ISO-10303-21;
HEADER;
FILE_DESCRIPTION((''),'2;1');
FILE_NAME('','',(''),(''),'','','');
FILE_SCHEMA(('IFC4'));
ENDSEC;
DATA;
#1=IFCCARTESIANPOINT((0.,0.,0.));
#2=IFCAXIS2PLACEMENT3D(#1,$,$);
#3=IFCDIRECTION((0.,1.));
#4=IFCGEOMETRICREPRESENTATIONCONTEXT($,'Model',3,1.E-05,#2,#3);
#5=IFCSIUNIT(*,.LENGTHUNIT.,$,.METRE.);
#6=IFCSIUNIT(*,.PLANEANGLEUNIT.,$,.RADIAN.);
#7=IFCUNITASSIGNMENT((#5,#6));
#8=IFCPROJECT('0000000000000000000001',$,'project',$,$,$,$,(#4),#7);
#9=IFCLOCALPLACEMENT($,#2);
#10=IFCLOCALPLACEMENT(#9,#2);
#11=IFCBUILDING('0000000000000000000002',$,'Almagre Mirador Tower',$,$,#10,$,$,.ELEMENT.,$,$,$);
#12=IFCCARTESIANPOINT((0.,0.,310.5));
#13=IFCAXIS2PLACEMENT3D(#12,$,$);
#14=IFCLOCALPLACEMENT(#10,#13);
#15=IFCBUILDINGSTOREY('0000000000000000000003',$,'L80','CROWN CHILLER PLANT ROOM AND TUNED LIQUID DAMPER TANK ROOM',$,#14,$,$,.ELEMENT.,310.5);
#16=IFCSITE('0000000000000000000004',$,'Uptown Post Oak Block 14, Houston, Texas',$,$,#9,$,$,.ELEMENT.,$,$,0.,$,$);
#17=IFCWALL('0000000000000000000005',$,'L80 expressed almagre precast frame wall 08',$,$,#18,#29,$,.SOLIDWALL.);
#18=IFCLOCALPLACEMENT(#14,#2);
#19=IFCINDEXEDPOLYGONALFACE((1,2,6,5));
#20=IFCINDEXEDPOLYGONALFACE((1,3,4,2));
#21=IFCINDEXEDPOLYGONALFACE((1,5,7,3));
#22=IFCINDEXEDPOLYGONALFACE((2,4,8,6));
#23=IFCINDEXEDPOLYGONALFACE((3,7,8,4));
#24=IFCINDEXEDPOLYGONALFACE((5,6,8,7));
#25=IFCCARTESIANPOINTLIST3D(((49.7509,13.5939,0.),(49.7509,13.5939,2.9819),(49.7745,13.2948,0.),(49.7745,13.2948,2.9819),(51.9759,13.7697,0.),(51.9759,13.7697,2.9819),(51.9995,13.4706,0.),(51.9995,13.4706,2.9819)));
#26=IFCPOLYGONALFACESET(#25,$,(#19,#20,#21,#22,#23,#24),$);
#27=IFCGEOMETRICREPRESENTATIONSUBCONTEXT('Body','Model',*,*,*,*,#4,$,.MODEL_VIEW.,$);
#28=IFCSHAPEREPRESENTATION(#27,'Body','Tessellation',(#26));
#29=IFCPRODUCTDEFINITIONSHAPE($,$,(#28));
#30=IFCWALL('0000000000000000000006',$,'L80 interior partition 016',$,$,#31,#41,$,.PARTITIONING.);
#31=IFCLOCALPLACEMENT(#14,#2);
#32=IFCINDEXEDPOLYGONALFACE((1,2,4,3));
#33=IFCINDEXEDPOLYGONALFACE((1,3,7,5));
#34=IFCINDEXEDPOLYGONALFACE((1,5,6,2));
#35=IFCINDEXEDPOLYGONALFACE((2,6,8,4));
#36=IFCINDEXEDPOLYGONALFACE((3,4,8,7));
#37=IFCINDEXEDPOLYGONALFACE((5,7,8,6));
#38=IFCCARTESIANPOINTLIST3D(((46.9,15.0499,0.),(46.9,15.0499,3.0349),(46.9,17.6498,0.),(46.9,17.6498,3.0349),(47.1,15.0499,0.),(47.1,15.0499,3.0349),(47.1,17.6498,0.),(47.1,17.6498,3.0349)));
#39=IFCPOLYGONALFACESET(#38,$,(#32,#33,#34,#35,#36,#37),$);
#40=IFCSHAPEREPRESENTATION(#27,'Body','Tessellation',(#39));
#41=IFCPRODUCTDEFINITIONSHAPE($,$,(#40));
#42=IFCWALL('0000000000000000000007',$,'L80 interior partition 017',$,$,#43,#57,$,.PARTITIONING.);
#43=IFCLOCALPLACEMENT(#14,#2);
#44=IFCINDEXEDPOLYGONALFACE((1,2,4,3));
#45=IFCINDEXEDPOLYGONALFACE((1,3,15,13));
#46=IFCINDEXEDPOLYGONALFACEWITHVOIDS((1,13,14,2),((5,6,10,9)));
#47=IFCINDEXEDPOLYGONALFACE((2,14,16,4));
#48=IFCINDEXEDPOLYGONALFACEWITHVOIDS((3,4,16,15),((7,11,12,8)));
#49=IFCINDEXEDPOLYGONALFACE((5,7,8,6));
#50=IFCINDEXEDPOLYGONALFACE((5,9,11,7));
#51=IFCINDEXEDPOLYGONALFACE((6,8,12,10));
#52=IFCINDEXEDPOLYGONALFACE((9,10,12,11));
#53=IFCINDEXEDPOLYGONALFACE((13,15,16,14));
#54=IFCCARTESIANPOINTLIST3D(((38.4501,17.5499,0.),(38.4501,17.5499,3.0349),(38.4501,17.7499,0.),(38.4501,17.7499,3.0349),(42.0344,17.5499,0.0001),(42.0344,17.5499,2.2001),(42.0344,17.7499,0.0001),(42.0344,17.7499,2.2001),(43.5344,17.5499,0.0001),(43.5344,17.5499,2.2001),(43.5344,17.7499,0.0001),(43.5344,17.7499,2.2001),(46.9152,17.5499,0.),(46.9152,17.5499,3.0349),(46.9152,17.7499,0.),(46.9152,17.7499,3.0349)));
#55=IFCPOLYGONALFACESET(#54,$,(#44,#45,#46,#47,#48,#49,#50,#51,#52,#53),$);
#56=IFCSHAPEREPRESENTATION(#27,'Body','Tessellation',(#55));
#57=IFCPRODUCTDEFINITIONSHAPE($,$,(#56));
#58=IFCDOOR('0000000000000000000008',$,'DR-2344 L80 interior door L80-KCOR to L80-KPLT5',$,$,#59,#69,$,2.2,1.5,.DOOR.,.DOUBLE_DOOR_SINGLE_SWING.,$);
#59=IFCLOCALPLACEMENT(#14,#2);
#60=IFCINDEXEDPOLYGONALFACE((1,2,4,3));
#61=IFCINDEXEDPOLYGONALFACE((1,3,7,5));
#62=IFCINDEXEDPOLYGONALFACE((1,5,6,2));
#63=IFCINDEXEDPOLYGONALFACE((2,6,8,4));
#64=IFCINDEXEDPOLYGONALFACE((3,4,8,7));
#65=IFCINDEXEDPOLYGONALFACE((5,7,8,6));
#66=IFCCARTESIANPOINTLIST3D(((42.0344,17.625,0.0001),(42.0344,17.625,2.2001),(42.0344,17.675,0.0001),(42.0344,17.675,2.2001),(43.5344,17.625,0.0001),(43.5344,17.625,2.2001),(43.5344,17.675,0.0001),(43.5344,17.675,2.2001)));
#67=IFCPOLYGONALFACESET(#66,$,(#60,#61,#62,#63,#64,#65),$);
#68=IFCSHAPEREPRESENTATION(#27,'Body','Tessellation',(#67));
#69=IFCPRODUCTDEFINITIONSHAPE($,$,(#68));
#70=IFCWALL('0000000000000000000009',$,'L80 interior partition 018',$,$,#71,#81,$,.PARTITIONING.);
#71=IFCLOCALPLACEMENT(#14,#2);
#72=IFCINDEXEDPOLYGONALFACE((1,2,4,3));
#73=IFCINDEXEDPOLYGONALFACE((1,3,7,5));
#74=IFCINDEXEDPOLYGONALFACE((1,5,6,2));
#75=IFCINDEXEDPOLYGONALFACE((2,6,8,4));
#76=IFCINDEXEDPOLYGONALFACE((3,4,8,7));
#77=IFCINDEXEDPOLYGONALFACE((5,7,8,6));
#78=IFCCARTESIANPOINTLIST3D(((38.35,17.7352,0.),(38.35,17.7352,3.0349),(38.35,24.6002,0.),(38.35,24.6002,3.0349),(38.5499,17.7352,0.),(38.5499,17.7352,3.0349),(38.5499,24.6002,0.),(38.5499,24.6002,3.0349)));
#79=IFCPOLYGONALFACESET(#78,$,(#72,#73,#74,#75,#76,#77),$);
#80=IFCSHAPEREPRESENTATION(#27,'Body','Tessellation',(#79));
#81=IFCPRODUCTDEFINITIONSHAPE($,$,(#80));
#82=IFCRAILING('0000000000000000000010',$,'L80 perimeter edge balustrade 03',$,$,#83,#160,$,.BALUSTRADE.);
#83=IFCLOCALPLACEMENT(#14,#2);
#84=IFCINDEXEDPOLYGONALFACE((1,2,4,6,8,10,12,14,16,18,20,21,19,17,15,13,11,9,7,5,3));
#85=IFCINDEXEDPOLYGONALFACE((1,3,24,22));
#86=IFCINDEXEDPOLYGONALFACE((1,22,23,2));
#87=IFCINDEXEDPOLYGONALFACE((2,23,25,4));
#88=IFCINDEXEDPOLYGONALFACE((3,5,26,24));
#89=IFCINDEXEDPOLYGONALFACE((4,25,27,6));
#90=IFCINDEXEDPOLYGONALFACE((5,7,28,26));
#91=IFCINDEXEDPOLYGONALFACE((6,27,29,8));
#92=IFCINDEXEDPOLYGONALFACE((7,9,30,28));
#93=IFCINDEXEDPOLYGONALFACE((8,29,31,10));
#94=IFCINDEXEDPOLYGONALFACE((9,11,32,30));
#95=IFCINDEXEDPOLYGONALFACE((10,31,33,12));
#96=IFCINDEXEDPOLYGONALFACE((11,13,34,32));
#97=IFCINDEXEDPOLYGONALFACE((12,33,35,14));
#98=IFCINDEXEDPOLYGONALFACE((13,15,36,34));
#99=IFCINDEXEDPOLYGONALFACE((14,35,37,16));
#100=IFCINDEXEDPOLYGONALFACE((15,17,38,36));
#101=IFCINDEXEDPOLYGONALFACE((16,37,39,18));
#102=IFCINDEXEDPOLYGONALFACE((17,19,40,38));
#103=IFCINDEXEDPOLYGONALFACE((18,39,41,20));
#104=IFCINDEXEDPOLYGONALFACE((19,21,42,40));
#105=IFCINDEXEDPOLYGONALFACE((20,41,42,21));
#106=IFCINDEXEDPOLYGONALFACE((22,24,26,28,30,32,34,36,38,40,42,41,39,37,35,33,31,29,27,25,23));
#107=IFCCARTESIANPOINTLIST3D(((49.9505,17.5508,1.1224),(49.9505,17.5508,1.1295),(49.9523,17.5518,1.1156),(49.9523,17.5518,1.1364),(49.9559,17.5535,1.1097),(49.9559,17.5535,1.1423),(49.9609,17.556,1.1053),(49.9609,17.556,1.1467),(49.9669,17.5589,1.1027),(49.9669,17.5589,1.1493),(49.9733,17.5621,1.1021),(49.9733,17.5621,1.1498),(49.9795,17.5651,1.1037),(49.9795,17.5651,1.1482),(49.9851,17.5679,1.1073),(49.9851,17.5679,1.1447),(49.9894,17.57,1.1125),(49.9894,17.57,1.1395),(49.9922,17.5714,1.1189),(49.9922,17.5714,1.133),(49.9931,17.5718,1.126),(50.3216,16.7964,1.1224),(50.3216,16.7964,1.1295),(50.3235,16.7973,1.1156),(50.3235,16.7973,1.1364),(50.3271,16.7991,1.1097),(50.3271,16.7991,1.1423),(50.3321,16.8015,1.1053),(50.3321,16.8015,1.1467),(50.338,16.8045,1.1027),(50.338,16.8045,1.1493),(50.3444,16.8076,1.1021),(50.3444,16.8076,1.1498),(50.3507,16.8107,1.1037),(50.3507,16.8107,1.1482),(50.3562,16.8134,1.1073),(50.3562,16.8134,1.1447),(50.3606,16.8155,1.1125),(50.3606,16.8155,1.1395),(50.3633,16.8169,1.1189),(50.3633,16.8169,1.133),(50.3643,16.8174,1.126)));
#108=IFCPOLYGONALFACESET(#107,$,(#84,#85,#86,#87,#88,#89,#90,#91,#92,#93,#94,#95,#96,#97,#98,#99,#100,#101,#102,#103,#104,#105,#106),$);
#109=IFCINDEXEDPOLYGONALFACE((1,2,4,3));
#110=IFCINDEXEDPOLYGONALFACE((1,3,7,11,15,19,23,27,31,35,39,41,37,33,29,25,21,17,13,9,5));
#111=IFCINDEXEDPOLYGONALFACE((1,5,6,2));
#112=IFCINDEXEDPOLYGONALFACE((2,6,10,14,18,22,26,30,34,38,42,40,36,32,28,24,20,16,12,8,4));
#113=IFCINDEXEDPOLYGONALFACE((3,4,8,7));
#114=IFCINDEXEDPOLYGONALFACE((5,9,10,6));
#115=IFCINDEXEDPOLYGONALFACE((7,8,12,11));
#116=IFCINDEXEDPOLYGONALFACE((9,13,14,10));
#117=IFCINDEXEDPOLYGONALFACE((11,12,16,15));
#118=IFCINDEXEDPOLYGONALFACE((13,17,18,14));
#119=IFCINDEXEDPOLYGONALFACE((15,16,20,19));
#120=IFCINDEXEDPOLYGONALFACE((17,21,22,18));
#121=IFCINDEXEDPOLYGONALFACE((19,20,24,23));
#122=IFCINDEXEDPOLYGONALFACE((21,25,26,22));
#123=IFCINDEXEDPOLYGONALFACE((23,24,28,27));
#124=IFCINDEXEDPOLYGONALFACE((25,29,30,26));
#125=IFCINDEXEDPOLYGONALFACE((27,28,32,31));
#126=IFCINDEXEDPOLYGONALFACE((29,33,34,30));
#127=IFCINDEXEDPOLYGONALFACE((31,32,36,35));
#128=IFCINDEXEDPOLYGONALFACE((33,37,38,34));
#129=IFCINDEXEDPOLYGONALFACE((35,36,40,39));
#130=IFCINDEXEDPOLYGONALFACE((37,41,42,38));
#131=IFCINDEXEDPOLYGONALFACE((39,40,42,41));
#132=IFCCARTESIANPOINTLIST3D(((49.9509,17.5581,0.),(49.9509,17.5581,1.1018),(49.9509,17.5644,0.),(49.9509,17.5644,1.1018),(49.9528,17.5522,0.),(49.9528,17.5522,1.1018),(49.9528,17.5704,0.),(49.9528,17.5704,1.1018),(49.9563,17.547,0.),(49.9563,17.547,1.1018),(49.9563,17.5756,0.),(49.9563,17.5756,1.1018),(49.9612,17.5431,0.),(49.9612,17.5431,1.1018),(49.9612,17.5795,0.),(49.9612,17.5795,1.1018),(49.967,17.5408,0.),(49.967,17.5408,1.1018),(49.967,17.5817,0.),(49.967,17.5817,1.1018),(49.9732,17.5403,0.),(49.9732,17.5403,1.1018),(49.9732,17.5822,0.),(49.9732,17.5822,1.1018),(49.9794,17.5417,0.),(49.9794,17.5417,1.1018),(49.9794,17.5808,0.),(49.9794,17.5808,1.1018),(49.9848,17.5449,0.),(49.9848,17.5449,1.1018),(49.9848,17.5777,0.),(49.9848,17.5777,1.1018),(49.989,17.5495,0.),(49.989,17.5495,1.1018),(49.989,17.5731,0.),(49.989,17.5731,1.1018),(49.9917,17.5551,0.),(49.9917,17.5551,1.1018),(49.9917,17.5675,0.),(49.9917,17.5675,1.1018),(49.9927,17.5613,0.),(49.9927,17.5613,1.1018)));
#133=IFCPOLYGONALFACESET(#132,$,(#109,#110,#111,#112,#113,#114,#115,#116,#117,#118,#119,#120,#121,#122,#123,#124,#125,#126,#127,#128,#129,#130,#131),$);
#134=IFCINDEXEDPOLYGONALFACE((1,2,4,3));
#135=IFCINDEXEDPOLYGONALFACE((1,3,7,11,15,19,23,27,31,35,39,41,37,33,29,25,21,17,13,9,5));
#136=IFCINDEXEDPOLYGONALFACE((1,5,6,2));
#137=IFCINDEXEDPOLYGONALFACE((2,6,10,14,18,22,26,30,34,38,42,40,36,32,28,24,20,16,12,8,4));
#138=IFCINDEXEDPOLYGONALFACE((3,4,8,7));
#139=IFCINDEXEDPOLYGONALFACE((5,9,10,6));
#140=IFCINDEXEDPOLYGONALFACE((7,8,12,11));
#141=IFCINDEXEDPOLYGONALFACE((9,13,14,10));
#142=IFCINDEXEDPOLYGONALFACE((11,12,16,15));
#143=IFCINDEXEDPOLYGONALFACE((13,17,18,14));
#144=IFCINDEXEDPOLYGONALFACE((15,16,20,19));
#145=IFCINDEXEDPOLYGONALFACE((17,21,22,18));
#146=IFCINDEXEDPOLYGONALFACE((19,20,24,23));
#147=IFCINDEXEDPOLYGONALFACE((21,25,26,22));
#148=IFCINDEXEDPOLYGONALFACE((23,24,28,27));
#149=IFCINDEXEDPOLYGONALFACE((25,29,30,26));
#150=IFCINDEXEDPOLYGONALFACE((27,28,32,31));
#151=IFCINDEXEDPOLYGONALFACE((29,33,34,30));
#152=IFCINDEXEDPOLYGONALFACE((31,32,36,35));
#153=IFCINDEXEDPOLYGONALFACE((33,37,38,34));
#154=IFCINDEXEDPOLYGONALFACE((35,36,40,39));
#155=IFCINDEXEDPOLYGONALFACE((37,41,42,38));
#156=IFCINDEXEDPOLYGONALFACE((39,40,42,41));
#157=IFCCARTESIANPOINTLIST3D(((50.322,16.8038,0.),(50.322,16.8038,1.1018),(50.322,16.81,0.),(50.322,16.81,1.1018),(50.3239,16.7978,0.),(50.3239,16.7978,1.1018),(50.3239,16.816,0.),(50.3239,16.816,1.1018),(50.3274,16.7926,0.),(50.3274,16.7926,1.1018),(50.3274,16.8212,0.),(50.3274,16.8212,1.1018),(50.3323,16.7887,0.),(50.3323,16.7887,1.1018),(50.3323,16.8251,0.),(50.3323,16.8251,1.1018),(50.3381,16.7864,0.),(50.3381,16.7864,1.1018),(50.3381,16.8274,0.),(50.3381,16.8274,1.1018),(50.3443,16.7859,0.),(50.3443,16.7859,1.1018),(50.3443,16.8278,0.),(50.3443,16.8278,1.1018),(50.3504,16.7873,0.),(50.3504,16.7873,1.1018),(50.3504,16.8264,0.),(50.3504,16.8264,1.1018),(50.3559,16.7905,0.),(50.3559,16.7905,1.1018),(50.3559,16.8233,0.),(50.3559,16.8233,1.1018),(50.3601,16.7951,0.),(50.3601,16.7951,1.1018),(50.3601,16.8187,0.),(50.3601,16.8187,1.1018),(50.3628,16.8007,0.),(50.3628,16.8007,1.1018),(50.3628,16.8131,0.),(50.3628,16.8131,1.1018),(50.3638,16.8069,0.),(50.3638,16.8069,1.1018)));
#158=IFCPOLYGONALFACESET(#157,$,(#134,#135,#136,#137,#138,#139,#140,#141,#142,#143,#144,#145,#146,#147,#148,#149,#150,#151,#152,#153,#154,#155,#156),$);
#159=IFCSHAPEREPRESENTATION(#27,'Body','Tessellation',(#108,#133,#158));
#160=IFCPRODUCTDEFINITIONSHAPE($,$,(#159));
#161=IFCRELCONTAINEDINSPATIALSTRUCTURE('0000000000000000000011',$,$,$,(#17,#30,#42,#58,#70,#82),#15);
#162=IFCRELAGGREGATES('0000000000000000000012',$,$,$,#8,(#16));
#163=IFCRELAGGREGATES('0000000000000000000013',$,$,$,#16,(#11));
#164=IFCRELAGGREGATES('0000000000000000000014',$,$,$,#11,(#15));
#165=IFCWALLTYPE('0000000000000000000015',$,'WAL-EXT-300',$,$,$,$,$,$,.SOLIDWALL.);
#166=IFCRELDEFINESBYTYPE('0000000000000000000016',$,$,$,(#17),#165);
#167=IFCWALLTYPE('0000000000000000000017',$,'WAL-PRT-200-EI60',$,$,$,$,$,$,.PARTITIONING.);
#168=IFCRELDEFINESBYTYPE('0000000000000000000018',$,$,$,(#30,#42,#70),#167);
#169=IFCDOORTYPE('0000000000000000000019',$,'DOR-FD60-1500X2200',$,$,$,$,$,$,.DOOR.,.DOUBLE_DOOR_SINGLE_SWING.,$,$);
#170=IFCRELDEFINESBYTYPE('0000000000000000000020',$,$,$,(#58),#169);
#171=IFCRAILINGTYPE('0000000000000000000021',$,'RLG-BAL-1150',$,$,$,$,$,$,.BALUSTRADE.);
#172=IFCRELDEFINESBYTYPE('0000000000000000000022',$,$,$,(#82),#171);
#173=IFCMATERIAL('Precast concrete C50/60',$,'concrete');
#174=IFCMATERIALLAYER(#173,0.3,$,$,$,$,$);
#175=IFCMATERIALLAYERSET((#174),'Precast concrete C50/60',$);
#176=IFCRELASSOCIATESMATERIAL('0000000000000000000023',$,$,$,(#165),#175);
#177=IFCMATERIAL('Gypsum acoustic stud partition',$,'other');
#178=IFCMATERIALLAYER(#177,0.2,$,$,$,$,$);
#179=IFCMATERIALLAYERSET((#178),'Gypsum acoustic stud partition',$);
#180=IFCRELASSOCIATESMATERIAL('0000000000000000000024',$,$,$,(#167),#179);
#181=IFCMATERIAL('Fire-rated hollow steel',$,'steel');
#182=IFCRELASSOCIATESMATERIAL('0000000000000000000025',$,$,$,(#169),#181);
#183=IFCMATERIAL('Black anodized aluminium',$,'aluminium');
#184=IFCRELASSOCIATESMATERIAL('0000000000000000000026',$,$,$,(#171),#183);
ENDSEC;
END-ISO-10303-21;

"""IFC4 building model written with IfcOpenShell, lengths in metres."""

from ifc_helpers import new_model, si_unit, direction, frame, frame_2d, origin, origin_2d, place, context, subcontext, project, spatial, rectangle, circle, extrude, material, layer, layer_set, type_object, element, fill, save


model = new_model("IFC4")

# Units and contexts
model_context = context("Model", 3, precision=1e-05, world=origin(), true_north=direction((0.0, 1.0)))
body_context = subcontext(model_context, "Body", "Model", "MODEL_VIEW")
ifc_project = project(units=[si_unit("LENGTHUNIT", "METRE"), si_unit("PLANEANGLEUNIT", "RADIAN")], contexts=[model_context])

# Site, building, storey
site_placement = place(None, origin())
site = spatial("IfcSite", under=ifc_project, at=site_placement, Name="Uptown Post Oak Block 14, Houston, Texas", CompositionType="ELEMENT", RefElevation=0.0)
building_placement = place(site_placement, origin())
building = spatial("IfcBuilding", under=site, at=building_placement, Name="Almagre Mirador Tower", CompositionType="ELEMENT")
storey_placement = place(building_placement, frame((0.0, 0.0, 310.5)))
storey = spatial("IfcBuildingStorey", under=building, at=storey_placement, Name="L80", Description="CROWN CHILLER PLANT ROOM AND TUNED LIQUID DAMPER TANK ROOM", CompositionType="ELEMENT", Elevation=310.5)

# Walls
ifc_material_1 = material(Name="Precast concrete C50/60", Category="concrete")
ifc_layer_1 = layer(ifc_material_1, 0.3)
ifc_layer_set_1 = layer_set([ifc_layer_1], Name="Precast concrete C50/60")
wall_type_1 = type_object("IfcWallType", Name="WAL-EXT-300", PredefinedType="SOLIDWALL", material=ifc_layer_set_1)
wall_1_placement = place(storey_placement, frame((49.7627, 13.4443, 0.0), z_axis=(0.0, 0.0, 1.0), x_axis=(0.996894, 0.078754, 0.0)))
element("IfcWall", 1, at=wall_1_placement, inside=storey, type_object=wall_type_1, Name="L80 expressed almagre precast frame wall 08", PredefinedType="SOLIDWALL", context=body_context, shape_type="SweptSolid", body=[
    extrude(rectangle(XDim=2.2319, YDim=0.3, at=frame_2d((1.116, 0.0))), origin(), (0.0, 0.0, 1.0), 2.9819),
])
ifc_material_2 = material(Name="Gypsum acoustic stud partition", Category="other")
ifc_layer_2 = layer(ifc_material_2, 0.2)
ifc_layer_set_2 = layer_set([ifc_layer_2], Name="Gypsum acoustic stud partition")
wall_type_2 = type_object("IfcWallType", Name="WAL-PRT-200-EI60", PredefinedType="PARTITIONING", material=ifc_layer_set_2)
wall_2_placement = place(storey_placement, frame((47.0, 15.05, 0.0), z_axis=(0.0, 0.0, 1.0), x_axis=(0.0, 1.0, 0.0)))
element("IfcWall", 2, at=wall_2_placement, inside=storey, type_object=wall_type_2, Name="L80 interior partition 016", PredefinedType="PARTITIONING", context=body_context, shape_type="SweptSolid", body=[
    extrude(rectangle(XDim=2.5999, YDim=0.2, at=frame_2d((1.2998, 0.0))), origin(), (0.0, 0.0, 1.0), 3.0349),
])

# Wall, opening, door
wall_3_placement = place(storey_placement, frame((46.915, 17.6499, 0.0), z_axis=(0.0, 0.0, 1.0), x_axis=(-1.0, 0.0, 0.0)))
wall_3 = element("IfcWall", 3, at=wall_3_placement, inside=storey, type_object=wall_type_2, Name="L80 interior partition 017", PredefinedType="PARTITIONING", context=body_context, shape_type="SweptSolid", body=[
    extrude(rectangle(XDim=8.4651, YDim=0.2, at=frame_2d((4.2324, 0.0))), origin(), (0.0, 0.0, 1.0), 3.0349),
])
opening_placement = place(wall_3_placement, frame((3.3806, 0.0, 0.0)))
opening = element("IfcOpeningElement", 4, at=opening_placement, cuts=wall_3, PredefinedType="OPENING", context=body_context, shape_type="SweptSolid", body=[
    extrude(rectangle(XDim=1.5, YDim=2.2, at=frame_2d((0.75, 1.1001))), frame((0.0, 0.1101, 0.0), z_axis=(0.0, -1.0, 0.0), x_axis=(1.0, 0.0, 0.0)), (0.0, 0.0, 1.0), 0.22),
])
ifc_material_3 = material(Name="Fire-rated hollow steel", Category="steel")
door_type = type_object("IfcDoorType", Name="DOR-FD60-1500X2200", OperationType="DOUBLE_DOOR_SINGLE_SWING", PredefinedType="DOOR", material=ifc_material_3)
door_placement = place(opening_placement, origin())
door = element("IfcDoor", 5, at=door_placement, inside=storey, type_object=door_type, Name="DR-2344 L80 interior door L80-KCOR to L80-KPLT5", OperationType="DOUBLE_DOOR_SINGLE_SWING", OverallHeight=2.2, OverallWidth=1.5, PredefinedType="DOOR", context=body_context, shape_type="SweptSolid", body=[
    extrude(rectangle(XDim=1.5, YDim=2.2, at=frame_2d((0.75, 1.1001))), frame((0.0, 0.0249, 0.0), z_axis=(0.0, -1.0, 0.0), x_axis=(1.0, 0.0, 0.0)), (0.0, 0.0, 1.0), 0.05),
])
fill(opening, door)

# Wall
wall_4_placement = place(storey_placement, frame((38.45, 17.7351, 0.0), z_axis=(0.0, 0.0, 1.0), x_axis=(0.0, 1.0, 0.0)))
element("IfcWall", 6, at=wall_4_placement, inside=storey, type_object=wall_type_2, Name="L80 interior partition 018", PredefinedType="PARTITIONING", context=body_context, shape_type="SweptSolid", body=[
    extrude(rectangle(XDim=6.865, YDim=0.2, at=frame_2d((3.4326, 0.0))), origin(), (0.0, 0.0, 1.0), 3.0349),
])

# Railing
ifc_material_4 = material(Name="Black anodized aluminium", Category="aluminium")
railing_type_1 = type_object("IfcRailingType", Name="RLG-BAL-1150", PredefinedType="BALUSTRADE", material=ifc_material_4)
railing_1_placement = place(storey_placement, frame((49.9717, 17.5613, 0.0)))
element("IfcRailing", 7, at=railing_1_placement, inside=storey, type_object=railing_type_1, Name="L80 perimeter edge balustrade 03", PredefinedType="BALUSTRADE", context=body_context, shape_type="SweptSolid", body=[
    extrude(circle(Radius=0.0239, at=origin_2d()), frame((0.0, 0.0, 1.126), z_axis=(0.441396, -0.897312, 0.0), x_axis=(0.897312, 0.441396, 0.0)), (0.0, 0.0, 1.0), 0.8408),
    extrude(circle(Radius=0.021, at=origin_2d()), origin(), (0.0, 0.0, 1.0), 1.1018),
    extrude(circle(Radius=0.021, at=origin_2d()), frame((0.3711, -0.7544, 0.0)), (0.0, 0.0, 1.0), 1.1018),
])

save(model, "model.ifc")
